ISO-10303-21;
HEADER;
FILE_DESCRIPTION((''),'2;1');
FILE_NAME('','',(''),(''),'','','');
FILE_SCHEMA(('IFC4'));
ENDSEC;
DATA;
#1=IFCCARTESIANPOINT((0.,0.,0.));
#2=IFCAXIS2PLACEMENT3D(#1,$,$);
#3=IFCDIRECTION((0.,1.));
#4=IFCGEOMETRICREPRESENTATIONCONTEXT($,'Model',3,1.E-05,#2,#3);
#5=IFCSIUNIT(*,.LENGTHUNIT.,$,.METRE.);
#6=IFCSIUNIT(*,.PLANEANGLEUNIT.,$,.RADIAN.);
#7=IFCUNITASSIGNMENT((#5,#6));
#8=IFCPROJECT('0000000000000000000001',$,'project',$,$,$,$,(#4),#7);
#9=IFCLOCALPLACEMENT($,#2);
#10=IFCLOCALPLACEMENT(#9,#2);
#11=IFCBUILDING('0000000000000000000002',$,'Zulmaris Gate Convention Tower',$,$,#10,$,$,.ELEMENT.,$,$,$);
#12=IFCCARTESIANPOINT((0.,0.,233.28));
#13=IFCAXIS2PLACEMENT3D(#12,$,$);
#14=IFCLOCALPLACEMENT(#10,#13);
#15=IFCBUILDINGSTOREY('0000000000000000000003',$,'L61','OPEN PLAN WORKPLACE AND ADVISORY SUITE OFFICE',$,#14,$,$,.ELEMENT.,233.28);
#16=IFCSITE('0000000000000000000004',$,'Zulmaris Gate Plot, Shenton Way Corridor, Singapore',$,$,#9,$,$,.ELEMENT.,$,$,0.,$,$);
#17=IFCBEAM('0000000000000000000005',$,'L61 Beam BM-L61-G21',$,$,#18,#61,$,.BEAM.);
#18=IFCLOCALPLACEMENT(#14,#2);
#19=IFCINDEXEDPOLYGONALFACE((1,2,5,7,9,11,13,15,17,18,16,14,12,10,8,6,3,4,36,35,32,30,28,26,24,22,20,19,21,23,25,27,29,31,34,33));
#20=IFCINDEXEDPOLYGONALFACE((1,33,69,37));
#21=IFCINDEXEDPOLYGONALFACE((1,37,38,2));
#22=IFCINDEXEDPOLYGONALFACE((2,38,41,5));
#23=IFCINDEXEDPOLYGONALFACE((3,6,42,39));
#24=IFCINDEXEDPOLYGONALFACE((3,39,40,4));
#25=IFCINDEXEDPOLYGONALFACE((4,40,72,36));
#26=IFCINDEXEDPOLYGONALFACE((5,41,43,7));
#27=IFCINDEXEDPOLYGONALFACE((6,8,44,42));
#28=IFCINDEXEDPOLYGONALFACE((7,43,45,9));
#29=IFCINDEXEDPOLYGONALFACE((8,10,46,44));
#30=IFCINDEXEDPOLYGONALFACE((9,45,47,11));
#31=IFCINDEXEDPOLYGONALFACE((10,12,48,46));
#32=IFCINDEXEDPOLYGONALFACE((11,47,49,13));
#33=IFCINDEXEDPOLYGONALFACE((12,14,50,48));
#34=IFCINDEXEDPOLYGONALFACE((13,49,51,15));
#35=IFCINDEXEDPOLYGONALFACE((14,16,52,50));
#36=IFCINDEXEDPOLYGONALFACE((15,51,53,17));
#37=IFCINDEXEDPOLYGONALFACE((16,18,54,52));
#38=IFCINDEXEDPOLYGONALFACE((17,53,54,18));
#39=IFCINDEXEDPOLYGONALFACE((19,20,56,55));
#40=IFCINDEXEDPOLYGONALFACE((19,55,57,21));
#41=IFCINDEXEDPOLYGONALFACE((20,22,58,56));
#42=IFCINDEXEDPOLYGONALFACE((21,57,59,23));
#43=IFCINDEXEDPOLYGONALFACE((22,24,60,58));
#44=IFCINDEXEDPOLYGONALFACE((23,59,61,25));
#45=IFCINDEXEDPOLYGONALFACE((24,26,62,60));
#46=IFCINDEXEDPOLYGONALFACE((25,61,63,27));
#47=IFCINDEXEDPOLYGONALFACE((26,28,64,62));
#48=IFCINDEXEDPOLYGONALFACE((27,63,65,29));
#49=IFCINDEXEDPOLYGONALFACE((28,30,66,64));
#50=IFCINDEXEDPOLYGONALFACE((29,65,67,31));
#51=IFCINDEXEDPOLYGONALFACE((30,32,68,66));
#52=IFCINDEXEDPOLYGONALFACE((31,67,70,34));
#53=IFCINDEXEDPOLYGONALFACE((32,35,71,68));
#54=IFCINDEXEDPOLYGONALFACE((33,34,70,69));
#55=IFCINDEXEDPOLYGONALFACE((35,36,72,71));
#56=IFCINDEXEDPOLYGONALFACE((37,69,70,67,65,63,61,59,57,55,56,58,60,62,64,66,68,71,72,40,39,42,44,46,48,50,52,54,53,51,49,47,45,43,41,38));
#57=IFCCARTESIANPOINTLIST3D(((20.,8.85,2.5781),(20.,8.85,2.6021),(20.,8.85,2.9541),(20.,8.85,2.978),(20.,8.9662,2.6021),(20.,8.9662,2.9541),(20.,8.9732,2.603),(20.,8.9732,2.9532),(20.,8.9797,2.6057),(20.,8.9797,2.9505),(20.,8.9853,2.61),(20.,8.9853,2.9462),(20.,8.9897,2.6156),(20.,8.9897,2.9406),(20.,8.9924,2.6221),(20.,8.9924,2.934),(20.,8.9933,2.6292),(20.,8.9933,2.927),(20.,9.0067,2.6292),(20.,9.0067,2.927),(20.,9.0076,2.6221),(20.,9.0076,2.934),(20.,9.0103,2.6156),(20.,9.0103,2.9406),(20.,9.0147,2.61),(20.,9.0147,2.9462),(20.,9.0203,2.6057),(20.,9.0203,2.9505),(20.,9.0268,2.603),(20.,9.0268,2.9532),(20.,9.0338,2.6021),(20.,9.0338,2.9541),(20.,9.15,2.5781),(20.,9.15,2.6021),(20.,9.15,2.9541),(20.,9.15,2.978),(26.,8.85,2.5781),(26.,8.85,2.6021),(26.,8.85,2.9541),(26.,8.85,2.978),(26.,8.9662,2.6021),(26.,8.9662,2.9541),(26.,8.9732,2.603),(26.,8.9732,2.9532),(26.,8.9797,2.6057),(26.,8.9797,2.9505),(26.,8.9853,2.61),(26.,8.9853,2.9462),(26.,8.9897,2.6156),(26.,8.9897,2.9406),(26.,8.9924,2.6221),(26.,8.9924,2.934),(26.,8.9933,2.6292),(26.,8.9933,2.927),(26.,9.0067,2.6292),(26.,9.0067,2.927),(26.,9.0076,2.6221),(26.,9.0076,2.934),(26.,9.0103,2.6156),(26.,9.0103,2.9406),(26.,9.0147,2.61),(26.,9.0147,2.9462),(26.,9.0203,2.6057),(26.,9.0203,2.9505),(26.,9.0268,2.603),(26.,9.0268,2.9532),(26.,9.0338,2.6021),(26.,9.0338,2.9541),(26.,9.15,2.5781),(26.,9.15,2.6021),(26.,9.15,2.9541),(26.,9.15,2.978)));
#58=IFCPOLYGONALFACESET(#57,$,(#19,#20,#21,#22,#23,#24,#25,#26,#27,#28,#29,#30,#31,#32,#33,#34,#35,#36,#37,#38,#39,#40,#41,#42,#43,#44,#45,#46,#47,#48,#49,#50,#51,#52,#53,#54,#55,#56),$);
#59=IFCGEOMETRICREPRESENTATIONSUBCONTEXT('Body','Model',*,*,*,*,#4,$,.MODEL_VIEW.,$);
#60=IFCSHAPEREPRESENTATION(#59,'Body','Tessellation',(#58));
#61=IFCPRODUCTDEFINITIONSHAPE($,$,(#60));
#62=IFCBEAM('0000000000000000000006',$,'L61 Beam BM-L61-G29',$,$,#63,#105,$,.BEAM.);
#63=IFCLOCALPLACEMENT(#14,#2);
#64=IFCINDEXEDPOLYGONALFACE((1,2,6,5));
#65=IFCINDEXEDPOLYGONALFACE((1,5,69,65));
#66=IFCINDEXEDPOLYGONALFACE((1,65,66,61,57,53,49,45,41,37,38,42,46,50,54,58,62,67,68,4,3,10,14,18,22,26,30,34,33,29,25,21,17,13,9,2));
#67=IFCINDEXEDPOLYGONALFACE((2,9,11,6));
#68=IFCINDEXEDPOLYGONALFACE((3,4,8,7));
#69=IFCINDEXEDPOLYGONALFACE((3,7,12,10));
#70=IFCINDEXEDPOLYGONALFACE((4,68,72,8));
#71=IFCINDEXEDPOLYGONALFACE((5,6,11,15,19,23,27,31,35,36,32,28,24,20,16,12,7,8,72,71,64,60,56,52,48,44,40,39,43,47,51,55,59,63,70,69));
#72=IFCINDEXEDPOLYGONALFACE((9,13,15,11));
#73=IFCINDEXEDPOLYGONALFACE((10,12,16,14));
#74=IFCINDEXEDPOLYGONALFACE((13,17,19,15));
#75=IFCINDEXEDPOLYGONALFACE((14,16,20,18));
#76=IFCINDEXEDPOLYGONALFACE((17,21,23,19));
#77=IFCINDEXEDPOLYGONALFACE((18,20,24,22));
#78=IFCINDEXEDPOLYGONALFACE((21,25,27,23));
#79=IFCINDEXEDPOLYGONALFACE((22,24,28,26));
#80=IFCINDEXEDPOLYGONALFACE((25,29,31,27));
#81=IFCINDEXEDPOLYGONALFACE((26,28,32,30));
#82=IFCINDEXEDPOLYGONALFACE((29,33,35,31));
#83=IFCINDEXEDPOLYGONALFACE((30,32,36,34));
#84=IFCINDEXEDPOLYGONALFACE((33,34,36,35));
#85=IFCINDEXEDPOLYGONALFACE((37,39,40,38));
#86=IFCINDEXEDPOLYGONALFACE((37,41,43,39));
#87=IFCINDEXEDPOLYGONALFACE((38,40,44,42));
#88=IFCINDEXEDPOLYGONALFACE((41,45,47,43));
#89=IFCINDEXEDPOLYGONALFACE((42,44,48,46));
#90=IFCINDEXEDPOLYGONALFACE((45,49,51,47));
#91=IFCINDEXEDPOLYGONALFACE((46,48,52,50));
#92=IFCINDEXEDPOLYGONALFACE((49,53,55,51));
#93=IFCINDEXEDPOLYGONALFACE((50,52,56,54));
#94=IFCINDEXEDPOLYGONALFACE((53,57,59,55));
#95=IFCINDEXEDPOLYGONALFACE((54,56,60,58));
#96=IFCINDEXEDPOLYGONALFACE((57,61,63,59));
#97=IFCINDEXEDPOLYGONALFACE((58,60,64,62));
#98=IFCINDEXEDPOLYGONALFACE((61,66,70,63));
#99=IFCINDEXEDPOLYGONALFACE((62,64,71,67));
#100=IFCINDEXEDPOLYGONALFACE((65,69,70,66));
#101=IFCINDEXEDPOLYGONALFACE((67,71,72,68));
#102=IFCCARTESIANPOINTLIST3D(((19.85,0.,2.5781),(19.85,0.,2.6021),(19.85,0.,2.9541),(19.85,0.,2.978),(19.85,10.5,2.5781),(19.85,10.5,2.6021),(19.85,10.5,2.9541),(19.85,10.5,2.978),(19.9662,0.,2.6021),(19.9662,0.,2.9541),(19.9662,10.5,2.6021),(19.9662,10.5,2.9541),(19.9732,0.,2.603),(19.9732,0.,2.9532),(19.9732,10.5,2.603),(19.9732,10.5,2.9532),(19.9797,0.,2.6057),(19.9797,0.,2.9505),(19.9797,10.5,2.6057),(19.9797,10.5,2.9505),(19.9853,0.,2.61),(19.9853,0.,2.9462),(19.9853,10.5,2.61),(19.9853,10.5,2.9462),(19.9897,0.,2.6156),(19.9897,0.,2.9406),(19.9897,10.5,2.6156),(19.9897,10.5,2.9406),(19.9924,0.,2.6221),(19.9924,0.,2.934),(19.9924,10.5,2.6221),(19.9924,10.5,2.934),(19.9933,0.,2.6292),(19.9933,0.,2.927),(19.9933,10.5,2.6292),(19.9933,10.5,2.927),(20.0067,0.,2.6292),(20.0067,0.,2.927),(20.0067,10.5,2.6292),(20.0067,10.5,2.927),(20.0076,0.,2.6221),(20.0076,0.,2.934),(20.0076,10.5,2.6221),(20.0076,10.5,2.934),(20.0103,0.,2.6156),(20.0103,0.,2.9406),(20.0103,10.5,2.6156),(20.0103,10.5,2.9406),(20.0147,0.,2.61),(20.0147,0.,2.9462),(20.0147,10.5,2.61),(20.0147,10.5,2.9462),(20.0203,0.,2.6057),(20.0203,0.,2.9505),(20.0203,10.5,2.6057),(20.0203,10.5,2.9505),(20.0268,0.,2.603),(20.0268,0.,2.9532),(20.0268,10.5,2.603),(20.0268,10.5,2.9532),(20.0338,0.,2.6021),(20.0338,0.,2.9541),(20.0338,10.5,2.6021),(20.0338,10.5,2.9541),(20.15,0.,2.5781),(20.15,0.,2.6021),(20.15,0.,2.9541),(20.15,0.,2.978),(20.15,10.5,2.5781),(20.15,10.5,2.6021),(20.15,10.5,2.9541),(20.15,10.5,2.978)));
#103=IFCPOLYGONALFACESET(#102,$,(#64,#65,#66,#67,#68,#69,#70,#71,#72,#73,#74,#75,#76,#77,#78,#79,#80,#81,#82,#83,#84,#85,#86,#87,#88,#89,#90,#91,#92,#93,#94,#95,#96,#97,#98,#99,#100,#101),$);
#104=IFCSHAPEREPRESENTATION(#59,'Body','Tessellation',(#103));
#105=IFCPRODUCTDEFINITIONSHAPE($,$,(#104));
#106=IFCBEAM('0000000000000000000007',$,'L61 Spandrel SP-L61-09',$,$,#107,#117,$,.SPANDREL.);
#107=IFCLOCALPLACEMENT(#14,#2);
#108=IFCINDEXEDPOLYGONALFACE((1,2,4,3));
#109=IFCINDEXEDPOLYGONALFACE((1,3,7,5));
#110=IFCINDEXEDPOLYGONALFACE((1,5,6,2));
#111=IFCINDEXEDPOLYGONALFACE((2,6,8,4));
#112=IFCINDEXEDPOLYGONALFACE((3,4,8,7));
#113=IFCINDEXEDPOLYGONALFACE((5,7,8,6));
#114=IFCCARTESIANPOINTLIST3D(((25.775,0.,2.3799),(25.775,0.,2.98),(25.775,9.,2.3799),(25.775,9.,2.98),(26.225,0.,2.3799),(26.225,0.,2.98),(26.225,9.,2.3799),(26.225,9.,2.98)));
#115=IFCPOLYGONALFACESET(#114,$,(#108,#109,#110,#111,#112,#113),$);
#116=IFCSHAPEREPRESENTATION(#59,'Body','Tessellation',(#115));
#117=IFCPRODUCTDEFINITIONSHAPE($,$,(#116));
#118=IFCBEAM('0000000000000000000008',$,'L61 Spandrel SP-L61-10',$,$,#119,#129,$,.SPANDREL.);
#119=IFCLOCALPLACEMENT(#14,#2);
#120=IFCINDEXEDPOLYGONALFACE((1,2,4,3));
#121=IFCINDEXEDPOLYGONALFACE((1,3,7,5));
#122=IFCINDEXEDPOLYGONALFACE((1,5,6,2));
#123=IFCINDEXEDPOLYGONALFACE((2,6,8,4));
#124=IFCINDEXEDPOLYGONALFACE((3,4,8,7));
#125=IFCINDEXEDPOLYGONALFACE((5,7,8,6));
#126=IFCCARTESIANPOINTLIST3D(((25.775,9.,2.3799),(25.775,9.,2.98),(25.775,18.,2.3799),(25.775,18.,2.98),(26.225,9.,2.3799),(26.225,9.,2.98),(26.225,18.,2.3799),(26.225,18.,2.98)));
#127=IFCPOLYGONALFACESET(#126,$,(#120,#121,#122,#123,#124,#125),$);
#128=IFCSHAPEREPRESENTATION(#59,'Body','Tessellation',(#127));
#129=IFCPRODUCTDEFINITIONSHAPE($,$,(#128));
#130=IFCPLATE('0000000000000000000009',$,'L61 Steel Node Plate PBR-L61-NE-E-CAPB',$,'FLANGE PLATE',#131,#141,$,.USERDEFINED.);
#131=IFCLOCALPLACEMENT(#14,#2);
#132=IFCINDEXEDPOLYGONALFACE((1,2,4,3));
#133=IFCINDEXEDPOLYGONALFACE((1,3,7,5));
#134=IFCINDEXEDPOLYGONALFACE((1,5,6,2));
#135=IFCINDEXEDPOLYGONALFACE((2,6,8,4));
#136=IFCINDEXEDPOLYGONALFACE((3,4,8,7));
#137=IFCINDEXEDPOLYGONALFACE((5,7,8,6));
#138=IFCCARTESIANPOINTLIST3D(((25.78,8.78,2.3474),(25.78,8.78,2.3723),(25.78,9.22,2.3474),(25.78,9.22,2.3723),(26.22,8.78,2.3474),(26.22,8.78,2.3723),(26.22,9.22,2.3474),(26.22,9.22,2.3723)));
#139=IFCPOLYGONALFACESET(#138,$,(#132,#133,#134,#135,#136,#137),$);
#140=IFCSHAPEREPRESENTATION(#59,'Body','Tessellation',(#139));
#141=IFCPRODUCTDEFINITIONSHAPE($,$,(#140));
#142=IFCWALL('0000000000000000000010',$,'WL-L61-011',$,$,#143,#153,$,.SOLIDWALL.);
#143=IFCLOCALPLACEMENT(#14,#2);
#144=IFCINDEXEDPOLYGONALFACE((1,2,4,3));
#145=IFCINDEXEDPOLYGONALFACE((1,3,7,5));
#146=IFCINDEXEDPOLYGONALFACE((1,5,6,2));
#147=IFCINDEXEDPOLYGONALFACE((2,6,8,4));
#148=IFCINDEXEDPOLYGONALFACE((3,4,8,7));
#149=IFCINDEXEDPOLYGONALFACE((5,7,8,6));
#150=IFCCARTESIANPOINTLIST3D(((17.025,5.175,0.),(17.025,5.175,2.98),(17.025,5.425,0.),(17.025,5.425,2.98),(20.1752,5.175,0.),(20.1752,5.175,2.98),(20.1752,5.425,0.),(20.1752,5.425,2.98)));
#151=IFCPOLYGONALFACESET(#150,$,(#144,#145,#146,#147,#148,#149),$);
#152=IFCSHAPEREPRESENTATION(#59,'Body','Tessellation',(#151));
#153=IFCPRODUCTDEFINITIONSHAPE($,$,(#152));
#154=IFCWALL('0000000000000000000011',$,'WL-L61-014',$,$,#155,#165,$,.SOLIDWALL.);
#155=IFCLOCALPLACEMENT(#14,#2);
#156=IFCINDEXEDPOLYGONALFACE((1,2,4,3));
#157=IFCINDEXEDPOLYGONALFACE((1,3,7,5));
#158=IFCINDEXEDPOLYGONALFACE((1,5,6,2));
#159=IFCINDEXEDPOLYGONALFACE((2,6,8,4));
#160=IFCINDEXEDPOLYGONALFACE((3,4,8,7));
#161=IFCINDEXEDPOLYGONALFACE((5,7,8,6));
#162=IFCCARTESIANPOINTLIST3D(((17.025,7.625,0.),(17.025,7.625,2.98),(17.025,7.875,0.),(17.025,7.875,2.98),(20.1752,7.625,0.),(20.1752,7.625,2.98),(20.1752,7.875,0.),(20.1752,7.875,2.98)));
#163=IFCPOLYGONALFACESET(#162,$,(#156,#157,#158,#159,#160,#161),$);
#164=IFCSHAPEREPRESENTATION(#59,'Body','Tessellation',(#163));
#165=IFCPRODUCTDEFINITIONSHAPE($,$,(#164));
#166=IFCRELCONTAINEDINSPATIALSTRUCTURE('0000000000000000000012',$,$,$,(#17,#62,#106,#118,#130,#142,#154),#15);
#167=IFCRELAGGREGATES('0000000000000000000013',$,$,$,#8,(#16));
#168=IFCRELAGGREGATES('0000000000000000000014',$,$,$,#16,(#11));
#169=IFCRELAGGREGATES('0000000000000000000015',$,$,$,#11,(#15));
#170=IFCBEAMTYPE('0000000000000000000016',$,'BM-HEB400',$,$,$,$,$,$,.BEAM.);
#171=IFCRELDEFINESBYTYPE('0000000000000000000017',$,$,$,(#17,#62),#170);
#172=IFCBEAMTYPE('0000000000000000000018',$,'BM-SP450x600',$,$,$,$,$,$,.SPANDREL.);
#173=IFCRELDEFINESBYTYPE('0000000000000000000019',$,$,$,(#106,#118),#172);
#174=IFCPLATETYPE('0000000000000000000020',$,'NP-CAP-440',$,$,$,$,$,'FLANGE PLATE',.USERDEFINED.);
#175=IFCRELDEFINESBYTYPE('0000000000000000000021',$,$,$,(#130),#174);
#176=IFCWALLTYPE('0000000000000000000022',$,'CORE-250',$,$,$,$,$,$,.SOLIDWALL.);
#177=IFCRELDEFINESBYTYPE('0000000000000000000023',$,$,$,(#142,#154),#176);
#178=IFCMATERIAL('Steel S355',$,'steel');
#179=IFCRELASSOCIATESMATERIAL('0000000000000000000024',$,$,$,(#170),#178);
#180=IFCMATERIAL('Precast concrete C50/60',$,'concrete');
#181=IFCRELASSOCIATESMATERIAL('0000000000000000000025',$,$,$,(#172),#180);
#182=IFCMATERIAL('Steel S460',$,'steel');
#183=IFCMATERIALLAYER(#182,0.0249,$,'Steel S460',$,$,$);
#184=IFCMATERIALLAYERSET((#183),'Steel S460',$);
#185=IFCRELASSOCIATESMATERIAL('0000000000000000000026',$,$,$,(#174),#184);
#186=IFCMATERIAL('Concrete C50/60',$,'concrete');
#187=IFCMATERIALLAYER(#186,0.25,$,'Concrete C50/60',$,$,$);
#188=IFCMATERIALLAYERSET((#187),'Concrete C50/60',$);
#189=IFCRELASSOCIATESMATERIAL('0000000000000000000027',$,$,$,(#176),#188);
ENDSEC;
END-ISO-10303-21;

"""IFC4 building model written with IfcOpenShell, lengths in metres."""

from ifc_helpers import new_model, si_unit, direction, frame, frame_2d, origin, origin_2d, place, context, subcontext, project, spatial, rectangle, i_section, extrude, material, layer, layer_set, material_profile, profile_set, type_object, element, save


model = new_model("IFC4")

# Units and contexts
model_context = context("Model", 3, precision=1e-05, world=origin(), true_north=direction((0.0, 1.0)))
body_context = subcontext(model_context, "Body", "Model", "MODEL_VIEW")
ifc_project = project(units=[si_unit("LENGTHUNIT", "METRE"), si_unit("PLANEANGLEUNIT", "RADIAN")], contexts=[model_context])

# Site, building, storey
site_placement = place(None, origin())
site = spatial("IfcSite", under=ifc_project, at=site_placement, Name="Zulmaris Gate Plot, Shenton Way Corridor, Singapore", CompositionType="ELEMENT", RefElevation=0.0)
building_placement = place(site_placement, origin())
building = spatial("IfcBuilding", under=site, at=building_placement, Name="Zulmaris Gate Convention Tower", CompositionType="ELEMENT")
storey_placement = place(building_placement, frame((0.0, 0.0, 233.28)))
storey = spatial("IfcBuildingStorey", under=building, at=storey_placement, Name="L61", Description="OPEN PLAN WORKPLACE AND ADVISORY SUITE OFFICE", CompositionType="ELEMENT", Elevation=233.28)

# Shared definitions
ifc_material_1 = material(Name="Concrete C50/60", Category="concrete")

# Beams
ifc_material_2 = material(Name="Steel S355", Category="steel")
ifc_material_profile_1 = material_profile(ifc_material_2, i_section(OverallWidth=0.3, OverallDepth=0.3999, WebThickness=0.0134, FlangeThickness=0.0239, FilletRadius=0.0271, at=origin_2d()), Name="HEB 400")
ifc_profile_set_1 = profile_set([ifc_material_profile_1], Name="Steel S355")
beam_type_1 = type_object("IfcBeamType", Name="BM-HEB400", PredefinedType="BEAM", material=ifc_profile_set_1)
for number, where, z_axis, x_axis, name in (
    (1, (20.0, 9.0, 2.7781), (1.0, 0.0, 0.0), (0.0, 1.0, 0.0), "L61 Beam BM-L61-G21"),
):
    element("IfcBeam", number, at=place(storey_placement, frame(where, z_axis=z_axis, x_axis=x_axis)), inside=storey, type_object=beam_type_1, Name=name, PredefinedType="BEAM", context=body_context, shape_type="SweptSolid", body=[
        extrude(i_section(OverallWidth=0.3, OverallDepth=0.3999, WebThickness=0.0134, FlangeThickness=0.0239, FilletRadius=0.0271, at=origin_2d()), origin(), (0.0, 0.0, 1.0), 6.0),
    ])
beam_placement = place(storey_placement, frame((20.0, 0.0, 2.7781), z_axis=(0.0, 1.0, 0.0), x_axis=(-1.0, 0.0, 0.0)))
element("IfcBeam", 2, at=beam_placement, inside=storey, type_object=beam_type_1, Name="L61 Beam BM-L61-G29", PredefinedType="BEAM", context=body_context, shape_type="SweptSolid", body=[
    extrude(i_section(OverallWidth=0.3, OverallDepth=0.3999, WebThickness=0.0134, FlangeThickness=0.0239, FilletRadius=0.0271, at=origin_2d()), origin(), (0.0, 0.0, 1.0), 10.5),
])
ifc_material_3 = material(Name="Precast concrete C50/60", Category="concrete")
ifc_material_profile_2 = material_profile(ifc_material_3, rectangle(XDim=0.45, YDim=0.6001, at=origin_2d()), Name="RC SPANDREL 450x600")
ifc_profile_set_2 = profile_set([ifc_material_profile_2], Name="Precast concrete C50/60")
beam_type_2 = type_object("IfcBeamType", Name="BM-SP450x600", PredefinedType="SPANDREL", material=ifc_profile_set_2)
for number, where, z_axis, x_axis, name in (
    (3, (26.0, 0.0, 2.6799), (0.0, 1.0, 0.0), (-1.0, 0.0, 0.0), "L61 Spandrel SP-L61-09"),
    (4, (26.0, 9.0, 2.6799), (0.0, 1.0, 0.0), (-1.0, 0.0, 0.0), "L61 Spandrel SP-L61-10"),
):
    element("IfcBeam", number, at=place(storey_placement, frame(where, z_axis=z_axis, x_axis=x_axis)), inside=storey, type_object=beam_type_2, Name=name, PredefinedType="SPANDREL", context=body_context, shape_type="SweptSolid", body=[
        extrude(rectangle(XDim=0.45, YDim=0.6001, at=origin_2d()), origin(), (0.0, 0.0, 1.0), 9.0),
    ])

# Plate
ifc_material_4 = material(Name="Steel S460", Category="steel")
ifc_layer_1 = layer(ifc_material_4, 0.0249, Name="Steel S460")
ifc_layer_set_1 = layer_set([ifc_layer_1], Name="Steel S460")
plate_type = type_object("IfcPlateType", Name="NP-CAP-440", ElementType="FLANGE PLATE", PredefinedType="USERDEFINED", material=ifc_layer_set_1)
plate_placement = place(storey_placement, frame((26.0, 9.0, 2.3474), z_axis=(0.0, 0.0, 1.0), x_axis=(1.0, 0.0, 0.0)))
element("IfcPlate", 5, at=plate_placement, inside=storey, type_object=plate_type, Name="L61 Steel Node Plate PBR-L61-NE-E-CAPB", ObjectType="FLANGE PLATE", PredefinedType="USERDEFINED", context=body_context, shape_type="SweptSolid", body=[
    extrude(rectangle(XDim=0.4399, YDim=0.4399, at=origin_2d()), origin(), (0.0, 0.0, 1.0), 0.0249),
])

# Walls
ifc_layer_2 = layer(ifc_material_1, 0.25, Name="Concrete C50/60")
ifc_layer_set_2 = layer_set([ifc_layer_2], Name="Concrete C50/60")
wall_type_1 = type_object("IfcWallType", Name="CORE-250", PredefinedType="SOLIDWALL", material=ifc_layer_set_2)
for number, where, z_axis, x_axis, name in (
    (6, (17.0249, 5.3, 0.0), (0.0, 0.0, 1.0), (1.0, 0.0, 0.0), "WL-L61-011"),
    (7, (17.0249, 7.75, 0.0), (0.0, 0.0, 1.0), (1.0, 0.0, 0.0), "WL-L61-014"),
):
    element("IfcWall", number, at=place(storey_placement, frame(where, z_axis=z_axis, x_axis=x_axis)), inside=storey, type_object=wall_type_1, Name=name, PredefinedType="SOLIDWALL", context=body_context, shape_type="SweptSolid", body=[
        extrude(rectangle(XDim=3.1501, YDim=0.25, at=frame_2d((1.5752, 0.0))), origin(), (0.0, 0.0, 1.0), 2.98),
    ])

save(model, "model.ifc")
